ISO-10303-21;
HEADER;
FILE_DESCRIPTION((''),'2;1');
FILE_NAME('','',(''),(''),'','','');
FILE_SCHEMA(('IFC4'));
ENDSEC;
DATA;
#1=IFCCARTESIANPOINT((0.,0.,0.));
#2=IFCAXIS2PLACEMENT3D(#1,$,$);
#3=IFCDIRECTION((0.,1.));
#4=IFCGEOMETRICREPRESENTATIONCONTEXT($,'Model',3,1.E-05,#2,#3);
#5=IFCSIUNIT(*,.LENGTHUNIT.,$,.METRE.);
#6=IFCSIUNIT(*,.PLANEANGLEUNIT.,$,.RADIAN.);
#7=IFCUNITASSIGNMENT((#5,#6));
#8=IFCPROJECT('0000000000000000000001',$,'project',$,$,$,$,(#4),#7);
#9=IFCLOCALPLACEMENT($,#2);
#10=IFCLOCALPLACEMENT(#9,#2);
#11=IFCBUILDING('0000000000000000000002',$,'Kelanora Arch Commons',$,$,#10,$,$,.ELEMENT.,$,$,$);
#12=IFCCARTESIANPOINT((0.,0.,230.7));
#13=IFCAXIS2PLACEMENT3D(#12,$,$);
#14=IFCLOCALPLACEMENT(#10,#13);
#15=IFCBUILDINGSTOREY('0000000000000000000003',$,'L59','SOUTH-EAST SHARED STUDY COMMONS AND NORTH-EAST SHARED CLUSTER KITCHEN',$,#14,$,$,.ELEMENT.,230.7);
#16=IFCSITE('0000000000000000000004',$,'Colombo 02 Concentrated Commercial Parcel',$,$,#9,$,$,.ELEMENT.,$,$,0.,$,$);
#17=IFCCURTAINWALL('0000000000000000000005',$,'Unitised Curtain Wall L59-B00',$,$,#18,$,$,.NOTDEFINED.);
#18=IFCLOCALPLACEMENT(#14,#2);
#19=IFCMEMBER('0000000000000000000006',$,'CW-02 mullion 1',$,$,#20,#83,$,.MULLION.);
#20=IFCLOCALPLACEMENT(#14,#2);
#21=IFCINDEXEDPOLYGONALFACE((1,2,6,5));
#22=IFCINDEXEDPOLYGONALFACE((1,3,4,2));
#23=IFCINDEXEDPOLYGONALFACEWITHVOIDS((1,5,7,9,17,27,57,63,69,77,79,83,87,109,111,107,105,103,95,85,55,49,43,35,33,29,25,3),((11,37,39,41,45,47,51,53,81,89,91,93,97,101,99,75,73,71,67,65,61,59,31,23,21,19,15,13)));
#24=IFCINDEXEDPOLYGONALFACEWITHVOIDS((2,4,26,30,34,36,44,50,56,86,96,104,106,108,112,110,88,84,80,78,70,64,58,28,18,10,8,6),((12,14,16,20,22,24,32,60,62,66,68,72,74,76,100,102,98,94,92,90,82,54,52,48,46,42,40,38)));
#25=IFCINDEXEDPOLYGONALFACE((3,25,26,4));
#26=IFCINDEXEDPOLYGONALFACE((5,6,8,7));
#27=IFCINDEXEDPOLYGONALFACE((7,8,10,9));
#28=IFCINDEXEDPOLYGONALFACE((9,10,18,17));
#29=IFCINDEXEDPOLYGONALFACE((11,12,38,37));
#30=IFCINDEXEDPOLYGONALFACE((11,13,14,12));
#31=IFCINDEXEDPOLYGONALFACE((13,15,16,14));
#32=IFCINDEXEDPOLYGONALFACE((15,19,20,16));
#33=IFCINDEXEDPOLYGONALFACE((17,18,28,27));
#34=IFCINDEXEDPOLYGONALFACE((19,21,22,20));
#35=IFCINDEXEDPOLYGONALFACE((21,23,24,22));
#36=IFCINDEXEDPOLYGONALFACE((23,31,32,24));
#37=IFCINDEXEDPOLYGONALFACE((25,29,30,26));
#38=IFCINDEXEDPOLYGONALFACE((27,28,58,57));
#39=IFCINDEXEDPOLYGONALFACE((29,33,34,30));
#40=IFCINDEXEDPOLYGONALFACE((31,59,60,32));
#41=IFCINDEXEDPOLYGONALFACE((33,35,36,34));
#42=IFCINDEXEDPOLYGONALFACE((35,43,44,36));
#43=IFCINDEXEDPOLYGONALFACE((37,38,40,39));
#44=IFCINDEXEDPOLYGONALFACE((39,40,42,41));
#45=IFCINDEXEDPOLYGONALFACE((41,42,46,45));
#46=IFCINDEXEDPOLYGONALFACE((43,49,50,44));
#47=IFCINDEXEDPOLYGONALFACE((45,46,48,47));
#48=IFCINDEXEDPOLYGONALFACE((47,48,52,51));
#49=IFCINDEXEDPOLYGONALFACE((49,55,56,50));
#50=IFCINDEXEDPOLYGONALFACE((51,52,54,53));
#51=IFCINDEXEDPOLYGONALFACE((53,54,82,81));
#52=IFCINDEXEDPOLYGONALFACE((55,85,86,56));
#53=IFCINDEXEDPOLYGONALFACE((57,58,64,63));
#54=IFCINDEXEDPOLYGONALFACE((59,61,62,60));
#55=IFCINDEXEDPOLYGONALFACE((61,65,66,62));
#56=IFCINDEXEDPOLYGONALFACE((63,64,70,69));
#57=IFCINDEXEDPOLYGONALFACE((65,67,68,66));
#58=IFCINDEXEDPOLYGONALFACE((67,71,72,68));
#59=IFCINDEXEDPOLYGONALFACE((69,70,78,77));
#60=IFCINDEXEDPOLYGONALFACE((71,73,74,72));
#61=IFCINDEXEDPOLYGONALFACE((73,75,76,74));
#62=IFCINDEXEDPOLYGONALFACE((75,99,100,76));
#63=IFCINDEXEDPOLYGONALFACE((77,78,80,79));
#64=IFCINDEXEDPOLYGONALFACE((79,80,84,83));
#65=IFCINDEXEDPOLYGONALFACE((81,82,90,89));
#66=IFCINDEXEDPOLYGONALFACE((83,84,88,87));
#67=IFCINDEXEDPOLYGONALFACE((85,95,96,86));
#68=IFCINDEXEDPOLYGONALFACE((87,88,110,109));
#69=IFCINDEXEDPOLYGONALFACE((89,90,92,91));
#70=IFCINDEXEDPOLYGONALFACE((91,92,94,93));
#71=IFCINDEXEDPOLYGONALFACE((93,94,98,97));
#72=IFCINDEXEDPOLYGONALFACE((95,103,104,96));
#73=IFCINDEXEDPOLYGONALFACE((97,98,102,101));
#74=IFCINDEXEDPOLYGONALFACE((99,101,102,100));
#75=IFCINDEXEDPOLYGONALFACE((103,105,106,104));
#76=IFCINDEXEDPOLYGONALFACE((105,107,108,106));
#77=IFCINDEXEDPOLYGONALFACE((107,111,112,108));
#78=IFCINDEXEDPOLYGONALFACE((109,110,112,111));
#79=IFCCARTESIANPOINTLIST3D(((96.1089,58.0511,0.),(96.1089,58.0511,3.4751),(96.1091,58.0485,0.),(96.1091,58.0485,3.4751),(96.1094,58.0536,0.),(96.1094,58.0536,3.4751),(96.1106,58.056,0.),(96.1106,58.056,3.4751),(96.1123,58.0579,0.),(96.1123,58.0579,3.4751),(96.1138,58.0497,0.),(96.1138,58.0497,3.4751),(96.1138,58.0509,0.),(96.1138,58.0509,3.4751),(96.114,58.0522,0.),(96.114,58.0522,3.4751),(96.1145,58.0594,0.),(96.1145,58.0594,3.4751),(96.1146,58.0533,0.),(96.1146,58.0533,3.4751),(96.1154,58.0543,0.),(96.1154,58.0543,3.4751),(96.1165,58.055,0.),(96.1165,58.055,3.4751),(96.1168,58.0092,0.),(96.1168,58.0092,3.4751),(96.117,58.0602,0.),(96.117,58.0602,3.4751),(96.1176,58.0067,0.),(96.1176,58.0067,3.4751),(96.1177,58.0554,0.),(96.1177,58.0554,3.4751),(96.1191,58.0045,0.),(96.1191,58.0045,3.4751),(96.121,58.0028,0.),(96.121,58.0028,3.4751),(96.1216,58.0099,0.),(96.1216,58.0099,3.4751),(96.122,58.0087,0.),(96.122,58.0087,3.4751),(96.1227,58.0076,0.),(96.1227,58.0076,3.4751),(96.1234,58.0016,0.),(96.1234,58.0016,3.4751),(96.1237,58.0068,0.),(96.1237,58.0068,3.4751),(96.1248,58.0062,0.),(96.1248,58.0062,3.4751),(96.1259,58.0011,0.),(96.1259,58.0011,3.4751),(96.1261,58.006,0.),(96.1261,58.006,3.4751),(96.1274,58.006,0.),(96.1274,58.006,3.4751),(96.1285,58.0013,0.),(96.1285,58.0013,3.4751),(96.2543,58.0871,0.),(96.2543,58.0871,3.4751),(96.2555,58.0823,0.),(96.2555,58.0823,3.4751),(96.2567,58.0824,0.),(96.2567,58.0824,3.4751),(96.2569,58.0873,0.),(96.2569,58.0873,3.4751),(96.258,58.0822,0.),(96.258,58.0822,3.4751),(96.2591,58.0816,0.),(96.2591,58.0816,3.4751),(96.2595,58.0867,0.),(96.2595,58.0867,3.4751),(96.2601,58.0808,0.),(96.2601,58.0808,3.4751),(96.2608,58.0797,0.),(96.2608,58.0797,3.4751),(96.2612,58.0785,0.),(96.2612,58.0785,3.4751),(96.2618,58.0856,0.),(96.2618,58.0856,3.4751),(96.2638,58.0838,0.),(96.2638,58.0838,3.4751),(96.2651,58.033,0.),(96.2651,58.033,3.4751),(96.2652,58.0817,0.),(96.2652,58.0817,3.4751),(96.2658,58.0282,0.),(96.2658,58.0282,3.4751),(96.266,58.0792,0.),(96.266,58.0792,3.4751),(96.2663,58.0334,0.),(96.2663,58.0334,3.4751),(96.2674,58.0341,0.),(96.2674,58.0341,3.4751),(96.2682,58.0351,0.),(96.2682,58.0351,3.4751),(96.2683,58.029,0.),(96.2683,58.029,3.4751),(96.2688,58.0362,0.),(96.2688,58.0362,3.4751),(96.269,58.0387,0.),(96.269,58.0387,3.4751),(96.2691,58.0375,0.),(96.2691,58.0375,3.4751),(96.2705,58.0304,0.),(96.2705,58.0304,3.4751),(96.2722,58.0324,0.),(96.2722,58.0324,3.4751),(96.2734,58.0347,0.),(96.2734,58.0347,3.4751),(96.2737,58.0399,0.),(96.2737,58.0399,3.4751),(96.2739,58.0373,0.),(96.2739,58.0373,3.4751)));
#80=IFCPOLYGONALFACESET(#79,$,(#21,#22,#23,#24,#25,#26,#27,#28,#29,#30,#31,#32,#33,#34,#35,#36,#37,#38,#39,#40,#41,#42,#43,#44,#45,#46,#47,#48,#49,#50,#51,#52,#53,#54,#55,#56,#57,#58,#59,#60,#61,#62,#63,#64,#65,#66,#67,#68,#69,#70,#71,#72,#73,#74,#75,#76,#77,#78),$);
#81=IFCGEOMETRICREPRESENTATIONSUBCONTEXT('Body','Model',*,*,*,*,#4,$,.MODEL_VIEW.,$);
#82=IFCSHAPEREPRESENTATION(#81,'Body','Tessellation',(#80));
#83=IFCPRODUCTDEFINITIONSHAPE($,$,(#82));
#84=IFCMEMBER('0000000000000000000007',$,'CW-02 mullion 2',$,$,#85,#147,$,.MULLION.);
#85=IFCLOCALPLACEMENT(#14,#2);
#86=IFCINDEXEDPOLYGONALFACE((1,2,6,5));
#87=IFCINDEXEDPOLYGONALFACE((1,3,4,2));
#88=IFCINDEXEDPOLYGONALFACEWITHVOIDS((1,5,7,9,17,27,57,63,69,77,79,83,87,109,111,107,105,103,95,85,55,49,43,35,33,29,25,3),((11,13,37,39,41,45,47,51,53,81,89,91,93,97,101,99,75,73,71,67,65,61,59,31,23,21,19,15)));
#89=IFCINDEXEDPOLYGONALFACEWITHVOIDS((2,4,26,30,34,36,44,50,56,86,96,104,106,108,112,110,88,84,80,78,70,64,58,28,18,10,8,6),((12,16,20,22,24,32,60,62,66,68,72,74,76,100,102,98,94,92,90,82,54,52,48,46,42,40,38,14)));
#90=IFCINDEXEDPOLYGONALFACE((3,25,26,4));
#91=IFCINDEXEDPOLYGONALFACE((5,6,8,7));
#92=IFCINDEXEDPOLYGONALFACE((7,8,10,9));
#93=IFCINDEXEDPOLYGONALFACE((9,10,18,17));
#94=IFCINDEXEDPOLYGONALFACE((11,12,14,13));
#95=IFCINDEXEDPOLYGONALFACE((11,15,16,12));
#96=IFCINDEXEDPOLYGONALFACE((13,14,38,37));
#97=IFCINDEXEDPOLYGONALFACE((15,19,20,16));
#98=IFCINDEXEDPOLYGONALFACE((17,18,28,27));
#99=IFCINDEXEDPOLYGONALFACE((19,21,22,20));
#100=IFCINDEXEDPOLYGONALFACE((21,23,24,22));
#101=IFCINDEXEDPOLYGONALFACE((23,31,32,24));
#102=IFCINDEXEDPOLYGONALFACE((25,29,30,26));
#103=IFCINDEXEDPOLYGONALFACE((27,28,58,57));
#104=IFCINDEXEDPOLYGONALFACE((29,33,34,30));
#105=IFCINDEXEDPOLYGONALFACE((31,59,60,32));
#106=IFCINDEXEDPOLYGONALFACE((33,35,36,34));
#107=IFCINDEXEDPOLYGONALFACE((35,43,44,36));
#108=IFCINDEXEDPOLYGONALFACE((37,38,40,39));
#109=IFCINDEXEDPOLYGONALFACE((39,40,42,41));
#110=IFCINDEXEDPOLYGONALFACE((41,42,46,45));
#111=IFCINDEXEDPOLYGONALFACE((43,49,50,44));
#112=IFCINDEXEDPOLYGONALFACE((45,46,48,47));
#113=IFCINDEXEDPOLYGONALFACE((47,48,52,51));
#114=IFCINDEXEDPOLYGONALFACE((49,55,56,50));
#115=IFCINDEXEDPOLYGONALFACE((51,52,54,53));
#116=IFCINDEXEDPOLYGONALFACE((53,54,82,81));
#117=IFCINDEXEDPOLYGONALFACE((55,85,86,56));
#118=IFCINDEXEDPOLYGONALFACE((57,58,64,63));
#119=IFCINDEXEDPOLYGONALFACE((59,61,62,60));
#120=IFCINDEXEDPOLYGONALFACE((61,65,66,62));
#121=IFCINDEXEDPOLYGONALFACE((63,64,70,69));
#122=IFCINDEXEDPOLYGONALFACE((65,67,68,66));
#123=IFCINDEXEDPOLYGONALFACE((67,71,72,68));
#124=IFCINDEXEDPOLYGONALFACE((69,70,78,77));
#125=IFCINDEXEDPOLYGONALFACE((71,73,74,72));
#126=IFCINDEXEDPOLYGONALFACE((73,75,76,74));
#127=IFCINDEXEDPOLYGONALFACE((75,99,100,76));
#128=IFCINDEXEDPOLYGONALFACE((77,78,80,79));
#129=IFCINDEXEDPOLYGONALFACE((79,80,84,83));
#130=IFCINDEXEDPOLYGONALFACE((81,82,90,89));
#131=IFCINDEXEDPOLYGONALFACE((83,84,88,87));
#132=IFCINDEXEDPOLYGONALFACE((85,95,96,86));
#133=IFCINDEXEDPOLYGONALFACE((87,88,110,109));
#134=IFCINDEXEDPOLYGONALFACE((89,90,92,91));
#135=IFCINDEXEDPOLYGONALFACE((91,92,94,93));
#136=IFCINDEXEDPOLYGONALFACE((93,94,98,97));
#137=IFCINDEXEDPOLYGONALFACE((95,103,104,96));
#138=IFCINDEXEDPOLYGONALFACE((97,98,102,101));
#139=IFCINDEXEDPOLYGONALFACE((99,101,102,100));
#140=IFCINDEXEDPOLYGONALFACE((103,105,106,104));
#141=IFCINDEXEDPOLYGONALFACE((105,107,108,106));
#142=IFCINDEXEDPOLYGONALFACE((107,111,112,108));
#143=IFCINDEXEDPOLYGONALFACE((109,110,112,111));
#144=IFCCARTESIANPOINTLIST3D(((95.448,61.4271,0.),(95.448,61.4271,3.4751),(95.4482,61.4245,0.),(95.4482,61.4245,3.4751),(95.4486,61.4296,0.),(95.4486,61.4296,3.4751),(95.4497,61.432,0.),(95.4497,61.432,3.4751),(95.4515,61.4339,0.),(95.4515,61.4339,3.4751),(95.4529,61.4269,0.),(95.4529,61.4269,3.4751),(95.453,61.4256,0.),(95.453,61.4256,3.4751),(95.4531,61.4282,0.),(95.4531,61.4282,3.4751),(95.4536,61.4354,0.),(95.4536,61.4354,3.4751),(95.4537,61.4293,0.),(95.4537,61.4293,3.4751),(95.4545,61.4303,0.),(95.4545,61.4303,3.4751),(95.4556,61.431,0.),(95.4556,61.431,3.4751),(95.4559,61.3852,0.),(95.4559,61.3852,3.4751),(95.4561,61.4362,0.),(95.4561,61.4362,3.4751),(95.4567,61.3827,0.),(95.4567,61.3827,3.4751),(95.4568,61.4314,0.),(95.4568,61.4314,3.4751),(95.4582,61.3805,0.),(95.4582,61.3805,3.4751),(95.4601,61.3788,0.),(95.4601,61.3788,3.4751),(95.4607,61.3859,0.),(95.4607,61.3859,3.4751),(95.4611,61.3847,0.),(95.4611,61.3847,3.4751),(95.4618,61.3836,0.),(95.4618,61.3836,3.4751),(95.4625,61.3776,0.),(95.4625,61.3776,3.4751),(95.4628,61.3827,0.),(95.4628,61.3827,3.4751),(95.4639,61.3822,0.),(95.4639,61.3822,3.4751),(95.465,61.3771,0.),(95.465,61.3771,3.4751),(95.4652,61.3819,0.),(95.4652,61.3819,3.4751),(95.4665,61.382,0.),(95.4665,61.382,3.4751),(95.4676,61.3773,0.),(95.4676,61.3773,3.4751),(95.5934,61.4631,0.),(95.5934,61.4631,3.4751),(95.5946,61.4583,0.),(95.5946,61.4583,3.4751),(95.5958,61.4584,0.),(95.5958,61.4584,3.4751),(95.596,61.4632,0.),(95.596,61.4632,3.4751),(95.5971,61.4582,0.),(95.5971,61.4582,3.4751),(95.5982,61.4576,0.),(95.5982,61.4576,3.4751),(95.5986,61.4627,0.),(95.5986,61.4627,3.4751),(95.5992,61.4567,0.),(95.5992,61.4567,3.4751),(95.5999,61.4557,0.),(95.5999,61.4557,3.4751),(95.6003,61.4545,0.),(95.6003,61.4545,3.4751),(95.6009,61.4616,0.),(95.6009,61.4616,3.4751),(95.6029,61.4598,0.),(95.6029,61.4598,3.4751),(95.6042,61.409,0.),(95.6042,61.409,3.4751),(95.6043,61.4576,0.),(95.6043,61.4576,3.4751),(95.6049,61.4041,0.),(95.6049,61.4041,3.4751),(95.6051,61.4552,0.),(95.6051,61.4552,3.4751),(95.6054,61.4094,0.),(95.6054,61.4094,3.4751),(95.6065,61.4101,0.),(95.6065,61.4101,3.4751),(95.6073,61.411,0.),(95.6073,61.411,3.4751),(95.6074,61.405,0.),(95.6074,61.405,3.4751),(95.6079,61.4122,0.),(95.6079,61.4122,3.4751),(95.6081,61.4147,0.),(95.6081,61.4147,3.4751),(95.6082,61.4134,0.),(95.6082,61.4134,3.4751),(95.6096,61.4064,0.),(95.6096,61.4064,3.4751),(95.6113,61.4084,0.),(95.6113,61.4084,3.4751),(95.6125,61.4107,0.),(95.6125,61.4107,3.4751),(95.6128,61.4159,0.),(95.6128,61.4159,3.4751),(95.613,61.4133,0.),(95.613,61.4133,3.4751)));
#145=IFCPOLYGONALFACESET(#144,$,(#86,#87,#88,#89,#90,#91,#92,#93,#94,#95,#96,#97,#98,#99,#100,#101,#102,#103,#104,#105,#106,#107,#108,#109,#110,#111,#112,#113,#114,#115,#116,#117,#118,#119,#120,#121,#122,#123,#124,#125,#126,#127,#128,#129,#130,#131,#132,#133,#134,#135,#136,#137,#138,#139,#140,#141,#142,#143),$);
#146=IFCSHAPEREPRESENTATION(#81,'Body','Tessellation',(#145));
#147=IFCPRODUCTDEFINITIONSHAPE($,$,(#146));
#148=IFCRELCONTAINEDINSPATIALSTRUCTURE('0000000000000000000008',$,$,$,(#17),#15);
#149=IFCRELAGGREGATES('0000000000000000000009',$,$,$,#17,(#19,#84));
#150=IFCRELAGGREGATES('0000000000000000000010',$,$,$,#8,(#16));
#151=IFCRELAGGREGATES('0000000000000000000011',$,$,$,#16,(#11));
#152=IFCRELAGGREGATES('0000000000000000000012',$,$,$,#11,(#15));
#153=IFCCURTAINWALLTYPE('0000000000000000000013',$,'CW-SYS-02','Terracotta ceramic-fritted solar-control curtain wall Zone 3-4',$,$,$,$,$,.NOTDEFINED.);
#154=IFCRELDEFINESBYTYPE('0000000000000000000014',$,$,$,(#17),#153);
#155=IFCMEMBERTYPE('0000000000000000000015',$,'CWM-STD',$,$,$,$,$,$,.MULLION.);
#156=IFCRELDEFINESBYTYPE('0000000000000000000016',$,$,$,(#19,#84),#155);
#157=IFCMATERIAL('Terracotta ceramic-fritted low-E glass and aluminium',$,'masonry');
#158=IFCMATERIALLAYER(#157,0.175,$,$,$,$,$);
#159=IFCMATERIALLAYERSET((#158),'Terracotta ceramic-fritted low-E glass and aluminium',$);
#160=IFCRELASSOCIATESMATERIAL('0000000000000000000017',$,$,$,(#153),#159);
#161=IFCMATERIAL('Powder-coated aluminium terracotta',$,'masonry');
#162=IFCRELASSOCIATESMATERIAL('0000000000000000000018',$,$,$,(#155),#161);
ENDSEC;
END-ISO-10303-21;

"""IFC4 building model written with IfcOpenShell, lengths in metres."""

from ifc_helpers import new_model, si_unit, direction, frame, origin, origin_2d, place, context, subcontext, project, spatial, hollow_rectangle, extrude, material, layer, layer_set, material_profile, profile_set, type_object, element, aggregate, save


model = new_model("IFC4")

# Units and contexts
model_context = context("Model", 3, precision=1e-05, world=origin(), true_north=direction((0.0, 1.0)))
body_context = subcontext(model_context, "Body", "Model", "MODEL_VIEW")
ifc_project = project(units=[si_unit("LENGTHUNIT", "METRE"), si_unit("PLANEANGLEUNIT", "RADIAN")], contexts=[model_context])

# Site, building, storey
site_placement = place(None, origin())
site = spatial("IfcSite", under=ifc_project, at=site_placement, Name="Colombo 02 Concentrated Commercial Parcel", CompositionType="ELEMENT", RefElevation=0.0)
building_placement = place(site_placement, origin())
building = spatial("IfcBuilding", under=site, at=building_placement, Name="Kelanora Arch Commons", CompositionType="ELEMENT")
storey_placement = place(building_placement, frame((0.0, 0.0, 230.7)))
storey = spatial("IfcBuildingStorey", under=building, at=storey_placement, Name="L59", Description="SOUTH-EAST SHARED STUDY COMMONS AND NORTH-EAST SHARED CLUSTER KITCHEN", CompositionType="ELEMENT", Elevation=230.7)

# Curtain wall, members
ifc_material_1 = material(Name="Terracotta ceramic-fritted low-E glass and aluminium", Category="masonry")
ifc_layer_1 = layer(ifc_material_1, 0.175)
ifc_layer_set_1 = layer_set([ifc_layer_1], Name="Terracotta ceramic-fritted low-E glass and aluminium")
curtain_wall_type = type_object("IfcCurtainWallType", Name="CW-SYS-02", Description="Terracotta ceramic-fritted solar-control curtain wall Zone 3-4", PredefinedType="NOTDEFINED", material=ifc_layer_set_1)
curtain_wall_placement = place(storey_placement, origin())
curtain_wall = element("IfcCurtainWall", 1, at=curtain_wall_placement, inside=storey, type_object=curtain_wall_type, Name="Unitised Curtain Wall L59-B00", PredefinedType="NOTDEFINED")
ifc_material_2 = material(Name="Powder-coated aluminium terracotta", Category="masonry")
ifc_material_profile_1 = material_profile(ifc_material_2, hollow_rectangle(XDim=0.1599, YDim=0.0601, WallThickness=0.0049, InnerFilletRadius=0.0049, OuterFilletRadius=0.01, at=origin_2d()), Name="CWM160x60")
ifc_profile_set_1 = profile_set([ifc_material_profile_1], Name="Powder-coated aluminium terracotta")
member_type_1 = type_object("IfcMemberType", Name="CWM-STD", PredefinedType="MULLION", material=ifc_profile_set_1)
member_1_placement = place(storey_placement, frame((96.1914, 58.0442, 0.0), z_axis=(0.0, 0.0, 1.0), x_axis=(-0.981381, -0.192069, 0.0)))
member_1 = element("IfcMember", 2, at=member_1_placement, type_object=member_type_1, Name="CW-02 mullion 1", PredefinedType="MULLION", context=body_context, shape_type="SweptSolid", body=[
    extrude(hollow_rectangle(XDim=0.1599, YDim=0.0601, WallThickness=0.0049, InnerFilletRadius=0.0049, OuterFilletRadius=0.01, at=origin_2d()), origin(), (0.0, 0.0, 1.0), 3.4751),
])
member_2_placement = place(storey_placement, frame((95.5305, 61.4202, 0.0), z_axis=(0.0, 0.0, 1.0), x_axis=(-0.981381, -0.192069, 0.0)))
member_2 = element("IfcMember", 3, at=member_2_placement, type_object=member_type_1, Name="CW-02 mullion 2", PredefinedType="MULLION", context=body_context, shape_type="SweptSolid", body=[
    extrude(hollow_rectangle(XDim=0.1599, YDim=0.0601, WallThickness=0.0049, InnerFilletRadius=0.0049, OuterFilletRadius=0.01, at=origin_2d()), origin(), (0.0, 0.0, 1.0), 3.4751),
])
aggregate(curtain_wall, [member_1, member_2])

save(model, "model.ifc")
